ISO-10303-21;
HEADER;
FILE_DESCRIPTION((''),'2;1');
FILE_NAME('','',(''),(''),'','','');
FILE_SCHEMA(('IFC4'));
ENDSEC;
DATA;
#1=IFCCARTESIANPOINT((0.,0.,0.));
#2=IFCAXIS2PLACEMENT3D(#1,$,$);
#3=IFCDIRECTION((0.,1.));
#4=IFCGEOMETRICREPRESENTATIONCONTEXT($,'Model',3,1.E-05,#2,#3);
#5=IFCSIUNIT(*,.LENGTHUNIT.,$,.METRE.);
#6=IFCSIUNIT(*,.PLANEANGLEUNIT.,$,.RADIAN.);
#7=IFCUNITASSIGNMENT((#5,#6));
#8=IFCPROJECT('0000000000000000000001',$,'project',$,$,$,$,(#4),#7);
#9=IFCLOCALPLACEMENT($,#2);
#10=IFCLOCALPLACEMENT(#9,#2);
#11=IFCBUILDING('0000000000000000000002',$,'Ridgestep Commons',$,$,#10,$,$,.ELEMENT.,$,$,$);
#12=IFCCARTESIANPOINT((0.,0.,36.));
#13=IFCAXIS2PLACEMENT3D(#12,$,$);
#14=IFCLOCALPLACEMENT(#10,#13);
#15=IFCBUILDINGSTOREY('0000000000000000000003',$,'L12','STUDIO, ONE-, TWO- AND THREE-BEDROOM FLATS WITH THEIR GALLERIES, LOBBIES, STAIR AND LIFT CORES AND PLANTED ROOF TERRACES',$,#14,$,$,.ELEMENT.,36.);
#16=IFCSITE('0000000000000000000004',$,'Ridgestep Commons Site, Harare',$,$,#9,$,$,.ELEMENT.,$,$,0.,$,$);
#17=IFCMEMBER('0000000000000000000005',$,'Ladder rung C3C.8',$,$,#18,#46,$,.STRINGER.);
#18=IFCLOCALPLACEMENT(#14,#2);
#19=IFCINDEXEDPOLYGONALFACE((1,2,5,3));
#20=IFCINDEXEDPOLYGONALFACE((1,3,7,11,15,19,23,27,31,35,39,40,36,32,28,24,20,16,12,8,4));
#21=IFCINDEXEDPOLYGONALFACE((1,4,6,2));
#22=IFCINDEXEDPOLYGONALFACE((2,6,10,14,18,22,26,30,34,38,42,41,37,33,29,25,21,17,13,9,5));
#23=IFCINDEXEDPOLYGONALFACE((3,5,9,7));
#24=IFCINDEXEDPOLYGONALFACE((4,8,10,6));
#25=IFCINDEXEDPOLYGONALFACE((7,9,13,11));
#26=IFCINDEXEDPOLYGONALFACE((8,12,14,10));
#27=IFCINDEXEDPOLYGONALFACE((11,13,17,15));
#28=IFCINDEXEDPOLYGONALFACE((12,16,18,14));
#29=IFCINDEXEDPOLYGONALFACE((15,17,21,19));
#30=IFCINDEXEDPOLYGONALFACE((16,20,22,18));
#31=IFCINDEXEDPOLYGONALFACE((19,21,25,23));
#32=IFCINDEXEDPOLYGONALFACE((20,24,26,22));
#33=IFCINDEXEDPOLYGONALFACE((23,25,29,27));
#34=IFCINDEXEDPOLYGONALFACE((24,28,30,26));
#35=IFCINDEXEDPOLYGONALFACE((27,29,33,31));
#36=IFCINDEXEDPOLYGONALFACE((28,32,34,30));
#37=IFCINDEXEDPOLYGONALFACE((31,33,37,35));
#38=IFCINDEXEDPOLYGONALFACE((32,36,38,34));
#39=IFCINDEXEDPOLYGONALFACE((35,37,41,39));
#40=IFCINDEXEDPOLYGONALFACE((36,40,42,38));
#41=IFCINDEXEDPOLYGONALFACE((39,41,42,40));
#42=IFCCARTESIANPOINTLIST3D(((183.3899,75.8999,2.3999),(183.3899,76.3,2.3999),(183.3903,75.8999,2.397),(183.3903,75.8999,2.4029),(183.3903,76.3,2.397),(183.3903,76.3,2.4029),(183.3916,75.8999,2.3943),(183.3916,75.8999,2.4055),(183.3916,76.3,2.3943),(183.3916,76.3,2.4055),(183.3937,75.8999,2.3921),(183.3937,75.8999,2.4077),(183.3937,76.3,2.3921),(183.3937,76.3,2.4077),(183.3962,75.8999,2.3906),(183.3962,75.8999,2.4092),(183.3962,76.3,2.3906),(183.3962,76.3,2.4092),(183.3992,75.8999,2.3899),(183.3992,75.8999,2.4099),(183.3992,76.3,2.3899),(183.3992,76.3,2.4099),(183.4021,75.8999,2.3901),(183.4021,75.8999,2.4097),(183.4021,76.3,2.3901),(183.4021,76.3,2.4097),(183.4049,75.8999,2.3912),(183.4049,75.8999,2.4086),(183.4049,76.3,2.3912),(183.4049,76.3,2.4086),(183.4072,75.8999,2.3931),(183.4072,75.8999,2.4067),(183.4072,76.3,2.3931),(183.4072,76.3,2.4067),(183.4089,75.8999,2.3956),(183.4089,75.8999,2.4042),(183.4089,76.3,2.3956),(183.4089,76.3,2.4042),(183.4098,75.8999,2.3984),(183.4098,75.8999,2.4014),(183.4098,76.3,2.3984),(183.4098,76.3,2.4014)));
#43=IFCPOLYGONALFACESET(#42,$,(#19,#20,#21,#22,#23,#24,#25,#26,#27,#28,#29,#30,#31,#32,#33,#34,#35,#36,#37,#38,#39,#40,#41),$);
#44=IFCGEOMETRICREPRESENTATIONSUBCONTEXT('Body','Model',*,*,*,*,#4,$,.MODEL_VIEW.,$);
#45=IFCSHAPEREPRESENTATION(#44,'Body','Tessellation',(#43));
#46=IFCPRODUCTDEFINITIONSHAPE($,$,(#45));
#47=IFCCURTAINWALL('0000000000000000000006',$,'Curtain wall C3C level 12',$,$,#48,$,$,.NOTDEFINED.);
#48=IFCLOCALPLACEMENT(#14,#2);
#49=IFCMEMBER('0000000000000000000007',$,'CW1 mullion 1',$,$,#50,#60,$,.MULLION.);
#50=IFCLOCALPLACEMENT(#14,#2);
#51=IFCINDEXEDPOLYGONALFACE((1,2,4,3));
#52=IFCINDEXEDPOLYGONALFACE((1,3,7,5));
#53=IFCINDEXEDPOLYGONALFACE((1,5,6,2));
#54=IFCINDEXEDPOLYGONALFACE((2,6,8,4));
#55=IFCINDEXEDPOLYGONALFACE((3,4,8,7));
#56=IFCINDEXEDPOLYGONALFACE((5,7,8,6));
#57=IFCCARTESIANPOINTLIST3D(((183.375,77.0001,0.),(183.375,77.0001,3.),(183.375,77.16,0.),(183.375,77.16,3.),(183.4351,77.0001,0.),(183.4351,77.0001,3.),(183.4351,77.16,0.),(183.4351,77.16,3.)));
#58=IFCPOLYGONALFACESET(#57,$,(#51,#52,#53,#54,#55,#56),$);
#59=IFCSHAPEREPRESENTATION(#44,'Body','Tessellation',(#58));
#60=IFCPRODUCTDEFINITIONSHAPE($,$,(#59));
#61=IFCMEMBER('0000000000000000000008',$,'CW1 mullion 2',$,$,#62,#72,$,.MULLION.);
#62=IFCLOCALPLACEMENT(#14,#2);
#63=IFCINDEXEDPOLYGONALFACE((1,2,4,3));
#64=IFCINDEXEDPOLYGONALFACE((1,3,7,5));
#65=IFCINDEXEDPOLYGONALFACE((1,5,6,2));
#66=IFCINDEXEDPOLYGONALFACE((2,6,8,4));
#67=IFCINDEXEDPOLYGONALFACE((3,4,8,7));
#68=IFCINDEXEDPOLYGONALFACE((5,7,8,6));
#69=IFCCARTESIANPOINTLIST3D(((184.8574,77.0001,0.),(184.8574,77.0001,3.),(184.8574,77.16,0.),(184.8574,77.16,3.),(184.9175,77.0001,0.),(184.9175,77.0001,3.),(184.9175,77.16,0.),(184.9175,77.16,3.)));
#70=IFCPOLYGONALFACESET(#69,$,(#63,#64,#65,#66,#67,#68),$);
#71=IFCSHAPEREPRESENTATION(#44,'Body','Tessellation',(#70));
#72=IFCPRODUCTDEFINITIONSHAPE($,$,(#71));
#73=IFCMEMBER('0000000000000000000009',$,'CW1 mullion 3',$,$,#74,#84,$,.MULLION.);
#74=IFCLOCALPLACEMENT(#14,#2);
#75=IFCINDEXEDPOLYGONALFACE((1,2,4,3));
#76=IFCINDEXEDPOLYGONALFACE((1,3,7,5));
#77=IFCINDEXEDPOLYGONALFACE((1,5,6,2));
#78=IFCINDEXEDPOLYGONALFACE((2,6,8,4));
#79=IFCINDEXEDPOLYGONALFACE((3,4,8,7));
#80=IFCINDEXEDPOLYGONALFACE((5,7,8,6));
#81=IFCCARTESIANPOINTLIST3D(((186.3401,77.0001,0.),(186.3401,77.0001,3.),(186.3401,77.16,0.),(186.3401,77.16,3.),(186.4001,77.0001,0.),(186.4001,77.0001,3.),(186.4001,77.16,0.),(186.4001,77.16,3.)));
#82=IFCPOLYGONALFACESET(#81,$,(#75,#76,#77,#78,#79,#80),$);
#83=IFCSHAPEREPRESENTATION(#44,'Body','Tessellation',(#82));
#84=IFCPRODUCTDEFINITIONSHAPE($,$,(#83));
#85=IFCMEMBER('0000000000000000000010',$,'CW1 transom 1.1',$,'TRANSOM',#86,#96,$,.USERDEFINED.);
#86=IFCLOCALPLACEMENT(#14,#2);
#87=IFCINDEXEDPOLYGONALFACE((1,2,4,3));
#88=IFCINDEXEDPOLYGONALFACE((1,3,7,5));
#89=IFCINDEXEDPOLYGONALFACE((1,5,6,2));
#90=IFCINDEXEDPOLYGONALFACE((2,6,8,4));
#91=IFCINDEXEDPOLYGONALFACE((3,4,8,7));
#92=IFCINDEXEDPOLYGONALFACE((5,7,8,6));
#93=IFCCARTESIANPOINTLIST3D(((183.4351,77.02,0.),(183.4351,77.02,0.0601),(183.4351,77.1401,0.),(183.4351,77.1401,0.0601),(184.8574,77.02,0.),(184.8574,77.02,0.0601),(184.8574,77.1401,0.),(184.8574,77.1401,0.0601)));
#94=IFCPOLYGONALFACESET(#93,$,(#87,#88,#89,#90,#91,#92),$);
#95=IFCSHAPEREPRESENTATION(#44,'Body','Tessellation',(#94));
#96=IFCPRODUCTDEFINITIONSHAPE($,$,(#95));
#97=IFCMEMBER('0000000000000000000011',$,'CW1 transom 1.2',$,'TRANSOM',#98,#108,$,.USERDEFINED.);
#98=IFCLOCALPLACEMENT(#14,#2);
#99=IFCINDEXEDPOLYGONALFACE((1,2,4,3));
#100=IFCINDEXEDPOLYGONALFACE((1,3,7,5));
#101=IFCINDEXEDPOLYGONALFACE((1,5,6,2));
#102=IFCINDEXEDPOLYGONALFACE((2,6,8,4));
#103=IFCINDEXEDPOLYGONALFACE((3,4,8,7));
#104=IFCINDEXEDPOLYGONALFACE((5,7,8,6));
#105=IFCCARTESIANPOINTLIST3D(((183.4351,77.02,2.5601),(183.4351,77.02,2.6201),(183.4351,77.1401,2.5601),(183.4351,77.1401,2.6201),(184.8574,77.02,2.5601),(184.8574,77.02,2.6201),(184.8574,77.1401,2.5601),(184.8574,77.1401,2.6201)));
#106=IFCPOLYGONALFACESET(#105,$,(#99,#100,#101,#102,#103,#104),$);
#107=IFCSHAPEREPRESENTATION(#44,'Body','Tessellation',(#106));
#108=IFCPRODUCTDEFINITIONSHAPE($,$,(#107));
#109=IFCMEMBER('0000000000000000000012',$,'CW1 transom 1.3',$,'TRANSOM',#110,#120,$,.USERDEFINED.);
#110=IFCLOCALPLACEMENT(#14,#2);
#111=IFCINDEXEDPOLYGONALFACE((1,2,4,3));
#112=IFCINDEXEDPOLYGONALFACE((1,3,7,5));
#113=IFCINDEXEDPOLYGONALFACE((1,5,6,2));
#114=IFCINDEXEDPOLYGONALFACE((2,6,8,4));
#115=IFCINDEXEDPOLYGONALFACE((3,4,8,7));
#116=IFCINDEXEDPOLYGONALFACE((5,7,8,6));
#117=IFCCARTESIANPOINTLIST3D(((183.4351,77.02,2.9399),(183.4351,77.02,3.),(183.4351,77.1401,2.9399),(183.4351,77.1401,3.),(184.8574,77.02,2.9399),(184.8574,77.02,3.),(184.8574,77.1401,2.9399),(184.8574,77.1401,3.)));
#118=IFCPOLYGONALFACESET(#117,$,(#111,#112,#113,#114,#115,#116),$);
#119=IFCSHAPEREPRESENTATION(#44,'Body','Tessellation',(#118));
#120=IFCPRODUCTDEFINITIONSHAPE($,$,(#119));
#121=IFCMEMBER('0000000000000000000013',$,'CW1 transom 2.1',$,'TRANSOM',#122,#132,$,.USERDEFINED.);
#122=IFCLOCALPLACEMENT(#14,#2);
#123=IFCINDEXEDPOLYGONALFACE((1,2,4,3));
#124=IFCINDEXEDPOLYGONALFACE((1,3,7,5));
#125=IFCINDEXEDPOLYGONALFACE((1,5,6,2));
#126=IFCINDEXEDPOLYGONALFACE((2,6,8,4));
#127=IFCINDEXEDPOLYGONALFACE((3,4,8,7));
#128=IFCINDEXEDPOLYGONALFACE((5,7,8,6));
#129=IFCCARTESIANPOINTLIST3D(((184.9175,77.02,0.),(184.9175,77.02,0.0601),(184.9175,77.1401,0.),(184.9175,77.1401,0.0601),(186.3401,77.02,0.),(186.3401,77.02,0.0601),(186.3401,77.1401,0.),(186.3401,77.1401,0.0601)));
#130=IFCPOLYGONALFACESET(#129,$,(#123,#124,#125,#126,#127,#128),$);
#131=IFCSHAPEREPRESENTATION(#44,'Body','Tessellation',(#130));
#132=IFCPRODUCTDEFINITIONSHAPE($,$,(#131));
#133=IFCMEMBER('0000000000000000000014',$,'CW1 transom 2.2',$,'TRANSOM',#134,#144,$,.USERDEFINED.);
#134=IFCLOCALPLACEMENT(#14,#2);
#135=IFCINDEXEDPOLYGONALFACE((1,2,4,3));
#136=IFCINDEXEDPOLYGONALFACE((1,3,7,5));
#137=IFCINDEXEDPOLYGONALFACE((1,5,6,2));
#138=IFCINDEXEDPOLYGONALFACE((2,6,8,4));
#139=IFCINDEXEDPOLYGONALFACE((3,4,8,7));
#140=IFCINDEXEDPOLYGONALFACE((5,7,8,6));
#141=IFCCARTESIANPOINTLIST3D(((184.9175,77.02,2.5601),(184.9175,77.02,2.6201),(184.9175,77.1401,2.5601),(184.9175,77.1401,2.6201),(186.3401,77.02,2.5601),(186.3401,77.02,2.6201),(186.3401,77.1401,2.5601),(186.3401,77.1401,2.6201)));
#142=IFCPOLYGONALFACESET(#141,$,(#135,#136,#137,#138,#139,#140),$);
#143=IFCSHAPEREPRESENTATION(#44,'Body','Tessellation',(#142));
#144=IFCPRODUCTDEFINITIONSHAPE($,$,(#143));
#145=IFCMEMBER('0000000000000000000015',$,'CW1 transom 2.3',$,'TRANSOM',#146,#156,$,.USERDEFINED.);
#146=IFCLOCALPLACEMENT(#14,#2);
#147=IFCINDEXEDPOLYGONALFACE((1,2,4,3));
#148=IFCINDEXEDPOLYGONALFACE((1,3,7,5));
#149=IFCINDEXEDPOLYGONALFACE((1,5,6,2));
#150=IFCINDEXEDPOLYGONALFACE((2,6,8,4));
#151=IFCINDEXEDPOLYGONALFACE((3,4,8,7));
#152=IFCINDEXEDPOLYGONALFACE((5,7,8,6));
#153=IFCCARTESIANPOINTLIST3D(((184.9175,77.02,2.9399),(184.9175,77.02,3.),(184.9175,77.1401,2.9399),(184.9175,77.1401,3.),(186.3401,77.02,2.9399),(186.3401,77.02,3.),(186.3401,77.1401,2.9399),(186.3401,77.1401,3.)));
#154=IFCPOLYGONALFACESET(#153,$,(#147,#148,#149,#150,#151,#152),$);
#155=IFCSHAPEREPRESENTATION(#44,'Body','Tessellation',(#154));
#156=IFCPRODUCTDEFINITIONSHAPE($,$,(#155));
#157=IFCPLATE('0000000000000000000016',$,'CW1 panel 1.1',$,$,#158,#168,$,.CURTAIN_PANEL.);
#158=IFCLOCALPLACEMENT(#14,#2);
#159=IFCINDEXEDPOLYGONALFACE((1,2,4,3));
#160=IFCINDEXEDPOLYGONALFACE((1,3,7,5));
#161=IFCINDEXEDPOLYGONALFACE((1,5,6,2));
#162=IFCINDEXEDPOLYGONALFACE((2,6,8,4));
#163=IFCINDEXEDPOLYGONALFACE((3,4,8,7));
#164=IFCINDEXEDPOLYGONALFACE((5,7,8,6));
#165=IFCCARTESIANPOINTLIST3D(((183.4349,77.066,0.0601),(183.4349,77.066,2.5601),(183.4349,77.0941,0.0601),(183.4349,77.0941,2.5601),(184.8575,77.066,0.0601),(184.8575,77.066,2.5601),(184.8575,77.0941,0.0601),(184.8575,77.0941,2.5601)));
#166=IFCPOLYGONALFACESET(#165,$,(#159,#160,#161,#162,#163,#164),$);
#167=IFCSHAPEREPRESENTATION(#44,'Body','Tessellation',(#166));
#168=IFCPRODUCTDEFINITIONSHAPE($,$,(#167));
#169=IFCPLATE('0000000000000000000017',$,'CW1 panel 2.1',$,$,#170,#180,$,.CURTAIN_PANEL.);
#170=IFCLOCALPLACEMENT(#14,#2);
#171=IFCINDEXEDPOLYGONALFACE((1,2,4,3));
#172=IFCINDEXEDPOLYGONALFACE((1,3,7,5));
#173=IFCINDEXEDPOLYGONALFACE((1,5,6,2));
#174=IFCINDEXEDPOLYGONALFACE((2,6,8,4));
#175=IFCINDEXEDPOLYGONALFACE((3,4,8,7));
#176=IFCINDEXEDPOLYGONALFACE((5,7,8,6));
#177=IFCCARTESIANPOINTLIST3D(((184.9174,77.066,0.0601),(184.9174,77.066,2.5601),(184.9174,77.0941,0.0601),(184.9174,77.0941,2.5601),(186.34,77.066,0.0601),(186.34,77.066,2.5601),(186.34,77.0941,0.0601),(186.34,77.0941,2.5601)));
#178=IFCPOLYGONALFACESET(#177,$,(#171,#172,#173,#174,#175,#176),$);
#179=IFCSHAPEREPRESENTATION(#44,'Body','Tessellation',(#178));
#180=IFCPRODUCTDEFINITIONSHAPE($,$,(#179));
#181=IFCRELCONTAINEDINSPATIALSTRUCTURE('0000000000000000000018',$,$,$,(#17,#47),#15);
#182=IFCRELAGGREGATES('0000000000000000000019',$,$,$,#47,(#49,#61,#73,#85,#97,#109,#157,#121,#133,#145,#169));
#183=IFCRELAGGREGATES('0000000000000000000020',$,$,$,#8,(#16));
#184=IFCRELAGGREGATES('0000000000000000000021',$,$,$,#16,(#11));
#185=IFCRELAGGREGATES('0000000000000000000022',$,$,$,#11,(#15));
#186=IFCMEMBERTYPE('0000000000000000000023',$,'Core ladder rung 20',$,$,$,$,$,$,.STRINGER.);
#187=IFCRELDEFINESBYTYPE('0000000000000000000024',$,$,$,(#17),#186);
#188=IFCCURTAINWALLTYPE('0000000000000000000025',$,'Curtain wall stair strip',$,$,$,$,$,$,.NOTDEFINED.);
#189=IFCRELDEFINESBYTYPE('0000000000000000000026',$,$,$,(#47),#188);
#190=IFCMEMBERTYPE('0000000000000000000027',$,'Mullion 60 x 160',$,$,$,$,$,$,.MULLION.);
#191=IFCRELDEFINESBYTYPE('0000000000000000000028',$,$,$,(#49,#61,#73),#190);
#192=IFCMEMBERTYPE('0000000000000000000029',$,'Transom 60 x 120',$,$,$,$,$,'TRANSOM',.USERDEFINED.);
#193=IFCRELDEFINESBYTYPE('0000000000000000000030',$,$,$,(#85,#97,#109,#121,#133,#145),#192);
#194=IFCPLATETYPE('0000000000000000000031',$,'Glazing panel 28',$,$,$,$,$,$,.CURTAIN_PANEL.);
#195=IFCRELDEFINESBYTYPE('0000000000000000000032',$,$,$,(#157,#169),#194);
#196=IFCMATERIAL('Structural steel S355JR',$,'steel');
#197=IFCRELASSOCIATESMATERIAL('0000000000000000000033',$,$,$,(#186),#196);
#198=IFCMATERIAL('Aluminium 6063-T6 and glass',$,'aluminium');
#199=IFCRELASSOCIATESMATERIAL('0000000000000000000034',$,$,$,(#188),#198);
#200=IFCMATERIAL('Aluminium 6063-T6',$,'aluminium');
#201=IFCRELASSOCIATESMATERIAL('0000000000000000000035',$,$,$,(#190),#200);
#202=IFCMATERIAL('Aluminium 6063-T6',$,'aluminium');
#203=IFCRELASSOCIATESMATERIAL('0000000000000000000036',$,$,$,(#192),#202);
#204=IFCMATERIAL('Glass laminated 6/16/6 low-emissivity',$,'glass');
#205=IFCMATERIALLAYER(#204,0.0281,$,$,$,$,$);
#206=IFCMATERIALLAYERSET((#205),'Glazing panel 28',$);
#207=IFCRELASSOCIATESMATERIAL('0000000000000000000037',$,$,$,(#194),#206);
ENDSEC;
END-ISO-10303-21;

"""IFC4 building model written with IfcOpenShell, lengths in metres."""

from ifc_helpers import new_model, si_unit, direction, frame, origin, origin_2d, place, context, subcontext, project, spatial, rectangle, circle, extrude, material, layer, layer_set, material_profile, profile_set, type_object, element, aggregate, save


model = new_model("IFC4")

# Units and contexts
model_context = context("Model", 3, precision=1e-05, world=origin(), true_north=direction((0.0, 1.0)))
body_context = subcontext(model_context, "Body", "Model", "MODEL_VIEW")
ifc_project = project(units=[si_unit("LENGTHUNIT", "METRE"), si_unit("PLANEANGLEUNIT", "RADIAN")], contexts=[model_context])

# Site, building, storey
site_placement = place(None, origin())
site = spatial("IfcSite", under=ifc_project, at=site_placement, Name="Ridgestep Commons Site, Harare", CompositionType="ELEMENT", RefElevation=0.0)
building_placement = place(site_placement, origin())
building = spatial("IfcBuilding", under=site, at=building_placement, Name="Ridgestep Commons", CompositionType="ELEMENT")
storey_placement = place(building_placement, frame((0.0, 0.0, 36.0)))
storey = spatial("IfcBuildingStorey", under=building, at=storey_placement, Name="L12", Description="STUDIO, ONE-, TWO- AND THREE-BEDROOM FLATS WITH THEIR GALLERIES, LOBBIES, STAIR AND LIFT CORES AND PLANTED ROOF TERRACES", CompositionType="ELEMENT", Elevation=36.0)

# Member
ifc_material_1 = material(Name="Structural steel S355JR", Category="steel")
ifc_material_profile_1 = material_profile(ifc_material_1, circle(Radius=0.01, at=origin_2d()), Name="Round bar 20")
ifc_profile_set_1 = profile_set([ifc_material_profile_1], Name="Structural steel S355JR")
member_type_1 = type_object("IfcMemberType", Name="Core ladder rung 20", PredefinedType="STRINGER", material=ifc_profile_set_1)
for number, where, z_axis, x_axis, name in (
    (1, (183.3999, 75.8999, 2.3999), (0.0, 1.0, 0.0), (-1.0, 0.0, 0.0), "Ladder rung C3C.8"),
):
    element("IfcMember", number, at=place(storey_placement, frame(where, z_axis=z_axis, x_axis=x_axis)), inside=storey, type_object=member_type_1, Name=name, PredefinedType="STRINGER", context=body_context, shape_type="SweptSolid", body=[
        extrude(circle(Radius=0.01, at=origin_2d()), origin(), (0.0, 0.0, 1.0), 0.4001),
    ])

# Curtain wall, members, plates
ifc_material_2 = material(Name="Aluminium 6063-T6 and glass", Category="aluminium")
curtain_wall_type = type_object("IfcCurtainWallType", Name="Curtain wall stair strip", PredefinedType="NOTDEFINED", material=ifc_material_2)
curtain_wall_placement = place(storey_placement, origin())
curtain_wall = element("IfcCurtainWall", 2, at=curtain_wall_placement, inside=storey, type_object=curtain_wall_type, Name="Curtain wall C3C level 12", PredefinedType="NOTDEFINED")
ifc_material_3 = material(Name="Aluminium 6063-T6", Category="aluminium")
ifc_material_profile_2 = material_profile(ifc_material_3, rectangle(XDim=0.1599, YDim=0.0601, at=origin_2d()), Name="Mullion 60 x 160")
ifc_profile_set_2 = profile_set([ifc_material_profile_2], Name="Aluminium 6063-T6")
member_type_2 = type_object("IfcMemberType", Name="Mullion 60 x 160", PredefinedType="MULLION", material=ifc_profile_set_2)
member_1_placement = place(storey_placement, frame((183.405, 77.0801, 0.0), z_axis=(0.0, 0.0, 1.0), x_axis=(0.0, 1.0, 0.0)))
member_1 = element("IfcMember", 3, at=member_1_placement, type_object=member_type_2, Name="CW1 mullion 1", PredefinedType="MULLION", context=body_context, shape_type="SweptSolid", body=[
    extrude(rectangle(XDim=0.1599, YDim=0.0601, at=origin_2d()), origin(), (0.0, 0.0, 1.0), 3.0),
])
member_2_placement = place(storey_placement, frame((184.8875, 77.0801, 0.0), z_axis=(0.0, 0.0, 1.0), x_axis=(0.0, 1.0, 0.0)))
member_2 = element("IfcMember", 4, at=member_2_placement, type_object=member_type_2, Name="CW1 mullion 2", PredefinedType="MULLION", context=body_context, shape_type="SweptSolid", body=[
    extrude(rectangle(XDim=0.1599, YDim=0.0601, at=origin_2d()), origin(), (0.0, 0.0, 1.0), 3.0),
])
member_3_placement = place(storey_placement, frame((186.3701, 77.0801, 0.0), z_axis=(0.0, 0.0, 1.0), x_axis=(0.0, 1.0, 0.0)))
member_3 = element("IfcMember", 5, at=member_3_placement, type_object=member_type_2, Name="CW1 mullion 3", PredefinedType="MULLION", context=body_context, shape_type="SweptSolid", body=[
    extrude(rectangle(XDim=0.1599, YDim=0.0601, at=origin_2d()), origin(), (0.0, 0.0, 1.0), 3.0),
])
ifc_material_4 = material(Name="Aluminium 6063-T6", Category="aluminium")
ifc_material_profile_3 = material_profile(ifc_material_4, rectangle(XDim=0.1201, YDim=0.0601, at=origin_2d()), Name="Transom 60 x 120")
ifc_profile_set_3 = profile_set([ifc_material_profile_3], Name="Aluminium 6063-T6")
member_type_3 = type_object("IfcMemberType", Name="Transom 60 x 120", ElementType="TRANSOM", PredefinedType="USERDEFINED", material=ifc_profile_set_3)
member_4_placement = place(storey_placement, frame((183.4351, 77.0801, 0.03), z_axis=(1.0, 0.0, 0.0), x_axis=(0.0, 1.0, 0.0)))
member_4 = element("IfcMember", 6, at=member_4_placement, type_object=member_type_3, Name="CW1 transom 1.1", ObjectType="TRANSOM", PredefinedType="USERDEFINED", context=body_context, shape_type="SweptSolid", body=[
    extrude(rectangle(XDim=0.1201, YDim=0.0601, at=origin_2d()), origin(), (0.0, 0.0, 1.0), 1.4224),
])
member_5_placement = place(storey_placement, frame((183.4351, 77.0801, 2.5901), z_axis=(1.0, 0.0, 0.0), x_axis=(0.0, 1.0, 0.0)))
member_5 = element("IfcMember", 7, at=member_5_placement, type_object=member_type_3, Name="CW1 transom 1.2", ObjectType="TRANSOM", PredefinedType="USERDEFINED", context=body_context, shape_type="SweptSolid", body=[
    extrude(rectangle(XDim=0.1201, YDim=0.0601, at=origin_2d()), origin(), (0.0, 0.0, 1.0), 1.4224),
])
member_6_placement = place(storey_placement, frame((183.4351, 77.0801, 2.97), z_axis=(1.0, 0.0, 0.0), x_axis=(0.0, 1.0, 0.0)))
member_6 = element("IfcMember", 8, at=member_6_placement, type_object=member_type_3, Name="CW1 transom 1.3", ObjectType="TRANSOM", PredefinedType="USERDEFINED", context=body_context, shape_type="SweptSolid", body=[
    extrude(rectangle(XDim=0.1201, YDim=0.0601, at=origin_2d()), origin(), (0.0, 0.0, 1.0), 1.4224),
])
member_7_placement = place(storey_placement, frame((184.9175, 77.0801, 0.03), z_axis=(1.0, 0.0, 0.0), x_axis=(0.0, 1.0, 0.0)))
member_7 = element("IfcMember", 9, at=member_7_placement, type_object=member_type_3, Name="CW1 transom 2.1", ObjectType="TRANSOM", PredefinedType="USERDEFINED", context=body_context, shape_type="SweptSolid", body=[
    extrude(rectangle(XDim=0.1201, YDim=0.0601, at=origin_2d()), origin(), (0.0, 0.0, 1.0), 1.4226),
])
member_8_placement = place(storey_placement, frame((184.9175, 77.0801, 2.5901), z_axis=(1.0, 0.0, 0.0), x_axis=(0.0, 1.0, 0.0)))
member_8 = element("IfcMember", 10, at=member_8_placement, type_object=member_type_3, Name="CW1 transom 2.2", ObjectType="TRANSOM", PredefinedType="USERDEFINED", context=body_context, shape_type="SweptSolid", body=[
    extrude(rectangle(XDim=0.1201, YDim=0.0601, at=origin_2d()), origin(), (0.0, 0.0, 1.0), 1.4226),
])
member_9_placement = place(storey_placement, frame((184.9175, 77.0801, 2.97), z_axis=(1.0, 0.0, 0.0), x_axis=(0.0, 1.0, 0.0)))
member_9 = element("IfcMember", 11, at=member_9_placement, type_object=member_type_3, Name="CW1 transom 2.3", ObjectType="TRANSOM", PredefinedType="USERDEFINED", context=body_context, shape_type="SweptSolid", body=[
    extrude(rectangle(XDim=0.1201, YDim=0.0601, at=origin_2d()), origin(), (0.0, 0.0, 1.0), 1.4226),
])
ifc_material_5 = material(Name="Glass laminated 6/16/6 low-emissivity", Category="glass")
ifc_layer_1 = layer(ifc_material_5, 0.0281)
ifc_layer_set_1 = layer_set([ifc_layer_1], Name="Glazing panel 28")
plate_type_1 = type_object("IfcPlateType", Name="Glazing panel 28", PredefinedType="CURTAIN_PANEL", material=ifc_layer_set_1)
plate_1_placement = place(storey_placement, frame((184.1462, 77.0801, 0.0601), z_axis=(0.0, 0.0, 1.0), x_axis=(1.0, 0.0, 0.0)))
plate_1 = element("IfcPlate", 12, at=plate_1_placement, type_object=plate_type_1, Name="CW1 panel 1.1", PredefinedType="CURTAIN_PANEL", context=body_context, shape_type="SweptSolid", body=[
    extrude(rectangle(XDim=1.4226, YDim=0.0281, at=origin_2d()), origin(), (0.0, 0.0, 1.0), 2.5),
])
plate_2_placement = place(storey_placement, frame((185.6287, 77.0801, 0.0601), z_axis=(0.0, 0.0, 1.0), x_axis=(1.0, 0.0, 0.0)))
plate_2 = element("IfcPlate", 13, at=plate_2_placement, type_object=plate_type_1, Name="CW1 panel 2.1", PredefinedType="CURTAIN_PANEL", context=body_context, shape_type="SweptSolid", body=[
    extrude(rectangle(XDim=1.4226, YDim=0.0281, at=origin_2d()), origin(), (0.0, 0.0, 1.0), 2.5),
])
aggregate(curtain_wall, [member_1, member_2, member_3, member_4, member_5, member_6, plate_1, member_7, member_8, member_9, plate_2])

save(model, "model.ifc")
